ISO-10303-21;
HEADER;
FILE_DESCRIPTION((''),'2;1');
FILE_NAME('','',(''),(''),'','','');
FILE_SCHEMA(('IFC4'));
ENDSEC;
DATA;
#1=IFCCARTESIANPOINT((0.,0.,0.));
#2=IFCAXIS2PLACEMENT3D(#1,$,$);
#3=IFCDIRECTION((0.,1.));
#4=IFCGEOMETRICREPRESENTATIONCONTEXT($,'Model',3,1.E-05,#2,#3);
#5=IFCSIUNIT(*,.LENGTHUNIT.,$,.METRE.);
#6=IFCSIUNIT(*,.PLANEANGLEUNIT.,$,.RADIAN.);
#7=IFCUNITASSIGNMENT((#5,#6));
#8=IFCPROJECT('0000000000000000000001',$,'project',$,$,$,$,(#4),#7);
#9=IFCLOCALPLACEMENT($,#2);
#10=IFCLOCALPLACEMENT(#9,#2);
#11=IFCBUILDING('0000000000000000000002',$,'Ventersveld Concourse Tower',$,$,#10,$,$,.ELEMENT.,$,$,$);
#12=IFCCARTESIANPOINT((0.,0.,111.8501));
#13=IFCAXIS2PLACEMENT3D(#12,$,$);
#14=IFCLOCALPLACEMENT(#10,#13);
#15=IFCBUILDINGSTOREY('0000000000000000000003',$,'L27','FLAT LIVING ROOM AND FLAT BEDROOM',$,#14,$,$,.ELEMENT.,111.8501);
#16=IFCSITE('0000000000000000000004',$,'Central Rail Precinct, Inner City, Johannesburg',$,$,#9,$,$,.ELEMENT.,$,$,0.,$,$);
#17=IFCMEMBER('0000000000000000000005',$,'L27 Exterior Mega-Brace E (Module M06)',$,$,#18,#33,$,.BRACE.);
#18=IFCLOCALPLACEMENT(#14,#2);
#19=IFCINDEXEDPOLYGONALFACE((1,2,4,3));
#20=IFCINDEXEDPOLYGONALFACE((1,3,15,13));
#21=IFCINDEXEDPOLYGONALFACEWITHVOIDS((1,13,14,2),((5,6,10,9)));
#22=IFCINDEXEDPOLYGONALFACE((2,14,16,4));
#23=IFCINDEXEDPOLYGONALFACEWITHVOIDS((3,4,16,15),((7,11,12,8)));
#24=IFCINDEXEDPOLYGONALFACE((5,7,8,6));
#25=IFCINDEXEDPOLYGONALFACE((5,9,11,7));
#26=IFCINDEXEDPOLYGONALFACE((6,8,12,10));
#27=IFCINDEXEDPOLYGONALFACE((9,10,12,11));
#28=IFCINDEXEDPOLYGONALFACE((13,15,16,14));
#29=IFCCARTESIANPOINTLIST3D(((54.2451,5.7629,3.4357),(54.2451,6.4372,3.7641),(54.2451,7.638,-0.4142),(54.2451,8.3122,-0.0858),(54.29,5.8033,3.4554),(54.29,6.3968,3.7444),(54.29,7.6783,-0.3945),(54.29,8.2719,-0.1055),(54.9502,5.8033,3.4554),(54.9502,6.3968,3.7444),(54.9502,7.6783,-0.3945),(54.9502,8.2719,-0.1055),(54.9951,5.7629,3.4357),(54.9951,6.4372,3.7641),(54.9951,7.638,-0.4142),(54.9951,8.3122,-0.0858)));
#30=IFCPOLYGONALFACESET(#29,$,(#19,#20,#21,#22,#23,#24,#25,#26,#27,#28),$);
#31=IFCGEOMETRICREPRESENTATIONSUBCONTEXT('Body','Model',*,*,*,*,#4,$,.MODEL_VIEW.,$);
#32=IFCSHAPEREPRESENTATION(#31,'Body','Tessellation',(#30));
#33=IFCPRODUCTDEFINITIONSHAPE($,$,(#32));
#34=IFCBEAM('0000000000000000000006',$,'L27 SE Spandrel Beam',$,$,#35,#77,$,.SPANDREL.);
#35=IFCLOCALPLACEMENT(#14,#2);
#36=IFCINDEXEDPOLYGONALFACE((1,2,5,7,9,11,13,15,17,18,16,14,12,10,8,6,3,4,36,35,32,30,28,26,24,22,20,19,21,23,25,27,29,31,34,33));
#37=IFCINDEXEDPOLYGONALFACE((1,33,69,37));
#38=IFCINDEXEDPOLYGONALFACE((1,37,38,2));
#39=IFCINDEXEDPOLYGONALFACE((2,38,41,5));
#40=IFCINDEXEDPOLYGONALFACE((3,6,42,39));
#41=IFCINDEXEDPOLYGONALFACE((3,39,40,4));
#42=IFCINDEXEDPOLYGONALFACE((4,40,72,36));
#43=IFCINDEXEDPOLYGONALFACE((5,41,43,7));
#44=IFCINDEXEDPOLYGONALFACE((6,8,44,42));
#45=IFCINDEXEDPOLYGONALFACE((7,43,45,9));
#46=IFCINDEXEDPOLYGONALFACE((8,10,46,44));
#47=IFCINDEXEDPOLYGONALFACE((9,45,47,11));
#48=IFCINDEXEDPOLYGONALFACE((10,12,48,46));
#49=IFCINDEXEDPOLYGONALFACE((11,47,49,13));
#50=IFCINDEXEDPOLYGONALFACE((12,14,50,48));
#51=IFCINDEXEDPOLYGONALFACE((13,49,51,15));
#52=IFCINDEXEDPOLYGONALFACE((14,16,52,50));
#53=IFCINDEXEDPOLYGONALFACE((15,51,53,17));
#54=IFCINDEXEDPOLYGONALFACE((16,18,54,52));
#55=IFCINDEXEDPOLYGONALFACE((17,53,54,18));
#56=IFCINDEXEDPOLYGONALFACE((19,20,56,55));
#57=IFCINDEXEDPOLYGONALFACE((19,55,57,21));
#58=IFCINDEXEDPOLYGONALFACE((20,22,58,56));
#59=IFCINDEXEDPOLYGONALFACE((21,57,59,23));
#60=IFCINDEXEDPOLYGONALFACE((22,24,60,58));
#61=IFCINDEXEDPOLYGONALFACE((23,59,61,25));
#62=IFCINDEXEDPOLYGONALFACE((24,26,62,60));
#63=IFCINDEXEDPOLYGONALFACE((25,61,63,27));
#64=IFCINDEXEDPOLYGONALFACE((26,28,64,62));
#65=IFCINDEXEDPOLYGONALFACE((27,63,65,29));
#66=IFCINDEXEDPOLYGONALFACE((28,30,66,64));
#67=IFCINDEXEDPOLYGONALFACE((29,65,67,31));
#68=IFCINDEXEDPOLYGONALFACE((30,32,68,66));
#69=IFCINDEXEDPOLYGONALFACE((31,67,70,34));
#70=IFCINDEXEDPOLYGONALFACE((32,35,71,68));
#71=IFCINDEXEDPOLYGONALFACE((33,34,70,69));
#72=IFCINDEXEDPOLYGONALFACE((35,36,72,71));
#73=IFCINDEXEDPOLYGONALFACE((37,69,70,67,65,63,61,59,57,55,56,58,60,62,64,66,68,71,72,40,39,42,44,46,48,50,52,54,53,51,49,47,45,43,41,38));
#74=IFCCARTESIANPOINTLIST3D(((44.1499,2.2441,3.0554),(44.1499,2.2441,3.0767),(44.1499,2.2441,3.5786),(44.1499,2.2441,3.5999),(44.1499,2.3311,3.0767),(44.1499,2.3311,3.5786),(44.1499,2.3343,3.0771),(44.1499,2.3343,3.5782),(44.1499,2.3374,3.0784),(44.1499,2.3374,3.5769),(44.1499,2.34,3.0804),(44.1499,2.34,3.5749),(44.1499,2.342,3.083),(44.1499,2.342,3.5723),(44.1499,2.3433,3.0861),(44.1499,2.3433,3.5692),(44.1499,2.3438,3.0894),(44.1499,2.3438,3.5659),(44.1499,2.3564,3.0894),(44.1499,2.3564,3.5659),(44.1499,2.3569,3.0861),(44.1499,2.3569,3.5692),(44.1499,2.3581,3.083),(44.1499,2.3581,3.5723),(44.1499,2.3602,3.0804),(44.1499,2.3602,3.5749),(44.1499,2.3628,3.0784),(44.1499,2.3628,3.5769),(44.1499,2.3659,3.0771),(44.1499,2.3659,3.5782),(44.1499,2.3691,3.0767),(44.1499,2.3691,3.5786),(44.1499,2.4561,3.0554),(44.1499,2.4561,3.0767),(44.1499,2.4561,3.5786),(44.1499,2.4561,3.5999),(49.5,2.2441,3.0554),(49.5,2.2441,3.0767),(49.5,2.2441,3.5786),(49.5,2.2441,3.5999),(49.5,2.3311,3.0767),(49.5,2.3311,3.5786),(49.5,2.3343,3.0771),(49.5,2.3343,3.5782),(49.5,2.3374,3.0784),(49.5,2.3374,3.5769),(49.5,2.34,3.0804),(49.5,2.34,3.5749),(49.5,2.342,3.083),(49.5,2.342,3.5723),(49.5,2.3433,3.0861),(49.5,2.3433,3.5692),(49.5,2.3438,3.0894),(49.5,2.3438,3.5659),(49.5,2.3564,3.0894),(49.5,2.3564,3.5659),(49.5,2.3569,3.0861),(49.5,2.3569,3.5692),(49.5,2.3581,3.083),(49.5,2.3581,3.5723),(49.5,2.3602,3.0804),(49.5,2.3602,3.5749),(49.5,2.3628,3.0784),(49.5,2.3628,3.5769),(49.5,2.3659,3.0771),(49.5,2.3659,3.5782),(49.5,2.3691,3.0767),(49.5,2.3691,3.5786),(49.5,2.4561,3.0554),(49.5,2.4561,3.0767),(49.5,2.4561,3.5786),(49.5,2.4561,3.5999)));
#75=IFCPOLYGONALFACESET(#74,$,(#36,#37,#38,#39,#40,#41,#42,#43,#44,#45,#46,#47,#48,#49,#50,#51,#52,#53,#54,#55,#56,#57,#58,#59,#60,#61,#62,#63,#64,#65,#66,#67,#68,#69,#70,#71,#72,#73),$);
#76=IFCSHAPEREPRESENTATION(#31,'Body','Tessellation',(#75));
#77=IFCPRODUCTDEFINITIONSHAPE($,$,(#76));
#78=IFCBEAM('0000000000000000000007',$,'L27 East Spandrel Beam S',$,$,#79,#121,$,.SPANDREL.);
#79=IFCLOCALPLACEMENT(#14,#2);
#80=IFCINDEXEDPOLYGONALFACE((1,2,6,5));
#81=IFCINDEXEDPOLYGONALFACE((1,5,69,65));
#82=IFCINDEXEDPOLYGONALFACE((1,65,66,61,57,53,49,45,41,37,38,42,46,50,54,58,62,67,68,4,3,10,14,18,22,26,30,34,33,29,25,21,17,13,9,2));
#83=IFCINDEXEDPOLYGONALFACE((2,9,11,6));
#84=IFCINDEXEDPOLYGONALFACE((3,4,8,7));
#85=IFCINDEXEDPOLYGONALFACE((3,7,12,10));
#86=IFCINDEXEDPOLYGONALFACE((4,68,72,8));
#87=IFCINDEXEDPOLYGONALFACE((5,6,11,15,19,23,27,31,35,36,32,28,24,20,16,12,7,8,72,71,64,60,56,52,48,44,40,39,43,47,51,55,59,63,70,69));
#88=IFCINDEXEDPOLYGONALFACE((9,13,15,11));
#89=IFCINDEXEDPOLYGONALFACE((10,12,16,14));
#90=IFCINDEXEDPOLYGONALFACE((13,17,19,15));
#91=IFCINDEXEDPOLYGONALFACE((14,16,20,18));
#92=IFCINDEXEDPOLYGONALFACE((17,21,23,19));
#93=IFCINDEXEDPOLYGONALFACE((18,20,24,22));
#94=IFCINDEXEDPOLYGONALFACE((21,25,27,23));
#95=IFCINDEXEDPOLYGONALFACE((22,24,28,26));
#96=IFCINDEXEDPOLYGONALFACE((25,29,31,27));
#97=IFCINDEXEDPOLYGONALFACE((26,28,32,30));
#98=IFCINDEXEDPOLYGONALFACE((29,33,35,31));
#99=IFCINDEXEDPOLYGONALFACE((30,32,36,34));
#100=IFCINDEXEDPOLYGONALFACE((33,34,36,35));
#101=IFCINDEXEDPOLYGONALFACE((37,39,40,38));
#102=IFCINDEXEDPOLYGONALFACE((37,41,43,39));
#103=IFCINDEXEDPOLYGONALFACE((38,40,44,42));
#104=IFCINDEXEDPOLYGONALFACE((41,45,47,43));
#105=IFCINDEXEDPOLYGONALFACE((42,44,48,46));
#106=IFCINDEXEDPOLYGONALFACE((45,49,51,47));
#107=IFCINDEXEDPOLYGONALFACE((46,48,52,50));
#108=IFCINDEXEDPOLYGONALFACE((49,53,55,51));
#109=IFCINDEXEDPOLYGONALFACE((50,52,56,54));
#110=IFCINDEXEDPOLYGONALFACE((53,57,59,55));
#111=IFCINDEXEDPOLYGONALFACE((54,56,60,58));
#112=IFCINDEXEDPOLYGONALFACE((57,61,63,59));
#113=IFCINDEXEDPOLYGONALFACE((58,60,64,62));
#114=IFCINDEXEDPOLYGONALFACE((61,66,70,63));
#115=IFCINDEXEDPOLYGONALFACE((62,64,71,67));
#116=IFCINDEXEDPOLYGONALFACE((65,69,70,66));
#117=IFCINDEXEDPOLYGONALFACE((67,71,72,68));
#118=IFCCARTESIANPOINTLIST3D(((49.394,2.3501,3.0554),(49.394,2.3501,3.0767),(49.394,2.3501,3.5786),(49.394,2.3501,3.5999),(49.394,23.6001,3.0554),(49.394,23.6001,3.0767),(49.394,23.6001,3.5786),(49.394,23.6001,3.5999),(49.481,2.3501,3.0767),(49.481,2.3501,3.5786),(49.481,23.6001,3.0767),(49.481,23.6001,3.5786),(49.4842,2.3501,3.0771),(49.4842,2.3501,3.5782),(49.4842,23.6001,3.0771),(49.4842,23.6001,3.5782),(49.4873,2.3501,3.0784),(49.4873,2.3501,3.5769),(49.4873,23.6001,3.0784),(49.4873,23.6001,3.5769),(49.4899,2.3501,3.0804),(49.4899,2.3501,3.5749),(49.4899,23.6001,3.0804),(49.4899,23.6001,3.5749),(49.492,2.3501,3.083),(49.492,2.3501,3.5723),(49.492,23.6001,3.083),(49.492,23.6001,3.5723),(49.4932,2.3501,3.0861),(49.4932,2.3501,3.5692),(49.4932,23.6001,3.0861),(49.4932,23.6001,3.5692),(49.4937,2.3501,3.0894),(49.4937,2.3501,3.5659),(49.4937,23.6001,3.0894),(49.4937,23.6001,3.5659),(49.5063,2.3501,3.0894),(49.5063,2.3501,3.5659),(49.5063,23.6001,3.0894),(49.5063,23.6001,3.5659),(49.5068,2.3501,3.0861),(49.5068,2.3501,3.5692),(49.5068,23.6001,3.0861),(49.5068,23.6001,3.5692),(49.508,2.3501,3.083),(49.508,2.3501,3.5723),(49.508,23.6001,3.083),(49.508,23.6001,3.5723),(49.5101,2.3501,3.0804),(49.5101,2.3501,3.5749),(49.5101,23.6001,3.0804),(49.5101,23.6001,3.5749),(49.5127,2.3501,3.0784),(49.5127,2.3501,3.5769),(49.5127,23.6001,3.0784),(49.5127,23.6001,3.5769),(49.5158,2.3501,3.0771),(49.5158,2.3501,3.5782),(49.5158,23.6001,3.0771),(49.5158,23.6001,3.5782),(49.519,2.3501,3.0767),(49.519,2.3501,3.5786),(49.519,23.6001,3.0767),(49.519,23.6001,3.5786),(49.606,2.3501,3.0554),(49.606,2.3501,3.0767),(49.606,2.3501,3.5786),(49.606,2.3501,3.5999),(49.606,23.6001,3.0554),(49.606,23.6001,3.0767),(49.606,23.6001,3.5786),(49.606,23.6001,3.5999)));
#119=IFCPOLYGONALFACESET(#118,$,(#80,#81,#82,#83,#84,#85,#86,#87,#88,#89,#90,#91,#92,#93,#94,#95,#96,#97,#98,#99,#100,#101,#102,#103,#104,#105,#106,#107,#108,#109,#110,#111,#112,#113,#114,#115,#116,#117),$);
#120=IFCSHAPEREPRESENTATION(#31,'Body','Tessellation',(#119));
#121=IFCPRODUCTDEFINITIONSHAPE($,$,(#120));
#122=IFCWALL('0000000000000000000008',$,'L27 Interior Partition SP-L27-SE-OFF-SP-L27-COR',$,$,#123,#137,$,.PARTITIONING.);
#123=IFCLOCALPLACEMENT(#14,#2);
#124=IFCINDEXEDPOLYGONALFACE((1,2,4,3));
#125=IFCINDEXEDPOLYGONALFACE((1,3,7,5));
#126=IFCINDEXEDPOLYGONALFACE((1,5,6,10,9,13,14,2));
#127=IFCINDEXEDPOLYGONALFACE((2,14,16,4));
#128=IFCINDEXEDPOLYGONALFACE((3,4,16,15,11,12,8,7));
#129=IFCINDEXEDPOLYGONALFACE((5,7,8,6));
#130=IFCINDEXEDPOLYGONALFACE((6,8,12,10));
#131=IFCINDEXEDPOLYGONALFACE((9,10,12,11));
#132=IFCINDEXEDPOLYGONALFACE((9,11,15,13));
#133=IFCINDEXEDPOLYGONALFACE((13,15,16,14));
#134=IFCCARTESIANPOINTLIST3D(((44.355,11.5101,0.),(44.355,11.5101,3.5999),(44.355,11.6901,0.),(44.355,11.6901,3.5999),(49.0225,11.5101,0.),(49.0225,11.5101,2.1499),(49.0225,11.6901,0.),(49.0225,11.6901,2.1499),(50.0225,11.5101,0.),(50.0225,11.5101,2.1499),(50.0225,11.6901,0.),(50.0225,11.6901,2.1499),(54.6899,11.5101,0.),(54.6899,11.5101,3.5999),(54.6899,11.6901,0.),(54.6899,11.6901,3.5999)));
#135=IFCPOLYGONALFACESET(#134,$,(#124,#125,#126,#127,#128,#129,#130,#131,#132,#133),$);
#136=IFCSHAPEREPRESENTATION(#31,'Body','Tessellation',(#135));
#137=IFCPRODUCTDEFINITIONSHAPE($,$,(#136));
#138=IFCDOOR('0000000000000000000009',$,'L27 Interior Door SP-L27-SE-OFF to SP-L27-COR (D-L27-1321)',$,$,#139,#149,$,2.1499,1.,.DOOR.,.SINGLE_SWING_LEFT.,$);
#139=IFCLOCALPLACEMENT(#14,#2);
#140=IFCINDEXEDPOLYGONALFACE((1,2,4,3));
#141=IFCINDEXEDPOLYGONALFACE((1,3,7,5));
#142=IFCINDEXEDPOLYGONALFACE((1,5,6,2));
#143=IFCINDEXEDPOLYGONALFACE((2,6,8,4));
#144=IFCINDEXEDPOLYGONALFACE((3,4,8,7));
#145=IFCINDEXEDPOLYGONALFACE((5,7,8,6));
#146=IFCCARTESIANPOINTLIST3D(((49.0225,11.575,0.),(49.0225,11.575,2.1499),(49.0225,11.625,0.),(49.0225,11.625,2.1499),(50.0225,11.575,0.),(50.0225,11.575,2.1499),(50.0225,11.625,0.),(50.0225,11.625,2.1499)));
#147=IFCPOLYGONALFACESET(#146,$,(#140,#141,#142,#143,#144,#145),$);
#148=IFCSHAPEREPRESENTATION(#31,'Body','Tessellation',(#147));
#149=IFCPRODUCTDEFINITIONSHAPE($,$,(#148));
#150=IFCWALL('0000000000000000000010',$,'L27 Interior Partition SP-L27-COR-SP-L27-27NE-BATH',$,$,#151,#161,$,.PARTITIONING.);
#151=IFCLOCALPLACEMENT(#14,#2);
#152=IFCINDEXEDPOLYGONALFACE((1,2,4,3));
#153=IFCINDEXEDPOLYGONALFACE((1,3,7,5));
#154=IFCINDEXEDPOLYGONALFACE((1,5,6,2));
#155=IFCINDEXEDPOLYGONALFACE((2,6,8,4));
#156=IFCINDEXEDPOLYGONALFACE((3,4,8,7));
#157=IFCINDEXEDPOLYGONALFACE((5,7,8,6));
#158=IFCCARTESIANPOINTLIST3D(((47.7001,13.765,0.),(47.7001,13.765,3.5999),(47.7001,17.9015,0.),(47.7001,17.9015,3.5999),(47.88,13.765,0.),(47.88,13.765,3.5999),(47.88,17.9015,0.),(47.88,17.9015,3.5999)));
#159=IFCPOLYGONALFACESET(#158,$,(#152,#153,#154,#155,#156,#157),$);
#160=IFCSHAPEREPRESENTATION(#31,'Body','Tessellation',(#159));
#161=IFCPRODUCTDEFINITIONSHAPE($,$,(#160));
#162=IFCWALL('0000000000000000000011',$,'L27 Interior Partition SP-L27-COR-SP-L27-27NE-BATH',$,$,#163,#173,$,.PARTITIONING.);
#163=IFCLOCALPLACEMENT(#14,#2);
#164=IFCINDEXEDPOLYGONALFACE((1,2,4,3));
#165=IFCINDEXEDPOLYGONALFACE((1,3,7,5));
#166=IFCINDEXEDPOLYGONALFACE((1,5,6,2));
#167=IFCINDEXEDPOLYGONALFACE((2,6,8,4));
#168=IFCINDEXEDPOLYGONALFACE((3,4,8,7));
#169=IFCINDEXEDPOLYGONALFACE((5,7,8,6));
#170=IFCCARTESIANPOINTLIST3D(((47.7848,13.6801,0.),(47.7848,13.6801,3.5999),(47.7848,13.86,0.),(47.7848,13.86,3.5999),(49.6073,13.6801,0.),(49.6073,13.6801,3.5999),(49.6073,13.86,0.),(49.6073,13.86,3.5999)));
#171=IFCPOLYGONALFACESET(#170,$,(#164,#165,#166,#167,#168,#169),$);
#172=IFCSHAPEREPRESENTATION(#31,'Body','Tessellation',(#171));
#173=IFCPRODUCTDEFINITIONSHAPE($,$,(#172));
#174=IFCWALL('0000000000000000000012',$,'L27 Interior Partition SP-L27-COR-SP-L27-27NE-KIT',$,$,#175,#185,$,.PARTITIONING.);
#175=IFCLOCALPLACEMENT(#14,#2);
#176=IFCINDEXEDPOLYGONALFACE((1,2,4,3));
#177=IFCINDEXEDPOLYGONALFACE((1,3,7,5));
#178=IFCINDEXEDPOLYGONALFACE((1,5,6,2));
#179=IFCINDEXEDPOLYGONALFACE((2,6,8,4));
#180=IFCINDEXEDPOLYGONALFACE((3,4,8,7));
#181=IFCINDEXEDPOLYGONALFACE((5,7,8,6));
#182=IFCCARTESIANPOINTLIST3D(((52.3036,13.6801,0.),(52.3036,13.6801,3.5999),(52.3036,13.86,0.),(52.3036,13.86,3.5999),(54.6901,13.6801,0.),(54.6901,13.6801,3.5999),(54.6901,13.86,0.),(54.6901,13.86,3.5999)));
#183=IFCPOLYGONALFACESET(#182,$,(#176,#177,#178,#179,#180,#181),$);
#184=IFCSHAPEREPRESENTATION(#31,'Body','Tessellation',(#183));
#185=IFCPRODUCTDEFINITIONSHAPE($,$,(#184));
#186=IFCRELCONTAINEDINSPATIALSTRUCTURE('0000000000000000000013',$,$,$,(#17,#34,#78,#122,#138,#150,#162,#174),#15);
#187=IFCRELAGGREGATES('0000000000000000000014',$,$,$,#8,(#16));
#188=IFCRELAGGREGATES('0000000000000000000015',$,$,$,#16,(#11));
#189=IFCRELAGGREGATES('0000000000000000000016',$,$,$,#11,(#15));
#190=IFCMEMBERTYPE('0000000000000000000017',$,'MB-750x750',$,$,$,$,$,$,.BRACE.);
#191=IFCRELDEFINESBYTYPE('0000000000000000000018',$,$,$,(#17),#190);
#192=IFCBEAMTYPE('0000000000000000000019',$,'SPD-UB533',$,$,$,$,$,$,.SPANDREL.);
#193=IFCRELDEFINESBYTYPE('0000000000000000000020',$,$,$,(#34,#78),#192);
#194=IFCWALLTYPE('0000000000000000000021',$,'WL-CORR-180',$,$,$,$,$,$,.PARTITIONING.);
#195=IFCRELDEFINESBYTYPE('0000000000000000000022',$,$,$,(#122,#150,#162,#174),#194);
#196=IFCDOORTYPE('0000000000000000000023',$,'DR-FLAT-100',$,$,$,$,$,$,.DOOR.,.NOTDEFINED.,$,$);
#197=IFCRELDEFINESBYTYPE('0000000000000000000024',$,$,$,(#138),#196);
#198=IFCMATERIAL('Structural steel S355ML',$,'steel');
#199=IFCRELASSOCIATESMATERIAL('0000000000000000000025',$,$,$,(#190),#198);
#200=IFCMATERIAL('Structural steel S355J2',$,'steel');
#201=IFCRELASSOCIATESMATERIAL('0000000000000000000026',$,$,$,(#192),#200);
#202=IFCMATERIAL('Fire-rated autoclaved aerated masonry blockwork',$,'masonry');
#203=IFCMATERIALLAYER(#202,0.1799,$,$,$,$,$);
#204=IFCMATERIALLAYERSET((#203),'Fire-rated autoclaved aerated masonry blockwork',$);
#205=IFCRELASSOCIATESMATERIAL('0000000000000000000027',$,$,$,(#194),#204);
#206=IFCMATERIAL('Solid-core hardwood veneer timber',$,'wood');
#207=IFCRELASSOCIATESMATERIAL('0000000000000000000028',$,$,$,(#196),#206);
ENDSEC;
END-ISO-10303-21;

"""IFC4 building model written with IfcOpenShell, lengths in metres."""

from ifc_helpers import new_model, si_unit, direction, frame, frame_2d, origin, origin_2d, place, context, subcontext, project, spatial, rectangle, hollow_rectangle, i_section, extrude, material, layer, layer_set, material_profile, profile_set, type_object, element, fill, save


model = new_model("IFC4")

# Units and contexts
model_context = context("Model", 3, precision=1e-05, world=origin(), true_north=direction((0.0, 1.0)))
body_context = subcontext(model_context, "Body", "Model", "MODEL_VIEW")
ifc_project = project(units=[si_unit("LENGTHUNIT", "METRE"), si_unit("PLANEANGLEUNIT", "RADIAN")], contexts=[model_context])

# Site, building, storey
site_placement = place(None, origin())
site = spatial("IfcSite", under=ifc_project, at=site_placement, Name="Central Rail Precinct, Inner City, Johannesburg", CompositionType="ELEMENT", RefElevation=0.0)
building_placement = place(site_placement, origin())
building = spatial("IfcBuilding", under=site, at=building_placement, Name="Ventersveld Concourse Tower", CompositionType="ELEMENT")
storey_placement = place(building_placement, frame((0.0, 0.0, 111.8501)))
storey = spatial("IfcBuildingStorey", under=building, at=storey_placement, Name="L27", Description="FLAT LIVING ROOM AND FLAT BEDROOM", CompositionType="ELEMENT", Elevation=111.8501)

# Shared definitions
ifc_material_1 = material(Name="Structural steel S355J2", Category="steel")

# Member
ifc_material_2 = material(Name="Structural steel S355ML", Category="steel")
ifc_material_profile_1 = material_profile(ifc_material_2, hollow_rectangle(XDim=0.75, YDim=0.75, WallThickness=0.0449, at=origin_2d()), Name="BOX 750x750x45")
ifc_profile_set_1 = profile_set([ifc_material_profile_1], Name="Structural steel S355ML")
member_type = type_object("IfcMemberType", Name="MB-750x750", PredefinedType="BRACE", material=ifc_profile_set_1)
member_placement = place(storey_placement, frame((54.6201, 7.9751, -0.25), z_axis=(0.0, -0.437862, 0.899042), x_axis=(1.0, 0.0, 0.0)))
element("IfcMember", 1, at=member_placement, inside=storey, type_object=member_type, Name="L27 Exterior Mega-Brace E (Module M06)", PredefinedType="BRACE", context=body_context, shape_type="SweptSolid", body=[
    extrude(hollow_rectangle(XDim=0.75, YDim=0.75, WallThickness=0.0449, at=origin_2d()), origin(), (0.0, 0.0, 1.0), 4.2822),
])

# Beams
ifc_material_profile_2 = material_profile(ifc_material_1, i_section(OverallWidth=0.2119, OverallDepth=0.5444, WebThickness=0.0127, FlangeThickness=0.0212, FilletRadius=0.0127, at=origin_2d()), Name="UB 533x210x122")
ifc_profile_set_2 = profile_set([ifc_material_profile_2], Name="Structural steel S355J2")
beam_type_1 = type_object("IfcBeamType", Name="SPD-UB533", PredefinedType="SPANDREL", material=ifc_profile_set_2)
beam_1_placement = place(storey_placement, frame((44.1499, 2.3501, 3.3276), z_axis=(1.0, 0.0, 0.0), x_axis=(0.0, 1.0, 0.0)))
element("IfcBeam", 2, at=beam_1_placement, inside=storey, type_object=beam_type_1, Name="L27 SE Spandrel Beam", PredefinedType="SPANDREL", context=body_context, shape_type="SweptSolid", body=[
    extrude(i_section(OverallWidth=0.2119, OverallDepth=0.5444, WebThickness=0.0127, FlangeThickness=0.0212, FilletRadius=0.0127, at=origin_2d()), origin(), (0.0, 0.0, 1.0), 5.3501),
])
beam_2_placement = place(storey_placement, frame((49.5, 2.3501, 3.3276), z_axis=(0.0, 1.0, 0.0), x_axis=(-1.0, 0.0, 0.0)))
element("IfcBeam", 3, at=beam_2_placement, inside=storey, type_object=beam_type_1, Name="L27 East Spandrel Beam S", PredefinedType="SPANDREL", context=body_context, shape_type="SweptSolid", body=[
    extrude(i_section(OverallWidth=0.2119, OverallDepth=0.5444, WebThickness=0.0127, FlangeThickness=0.0212, FilletRadius=0.0127, at=origin_2d()), origin(), (0.0, 0.0, 1.0), 21.25),
])

# Wall, opening, door
ifc_material_3 = material(Name="Fire-rated autoclaved aerated masonry blockwork", Category="masonry")
ifc_layer_1 = layer(ifc_material_3, 0.1799)
ifc_layer_set_1 = layer_set([ifc_layer_1], Name="Fire-rated autoclaved aerated masonry blockwork")
wall_type_1 = type_object("IfcWallType", Name="WL-CORR-180", PredefinedType="PARTITIONING", material=ifc_layer_set_1)
wall_1_placement = place(storey_placement, frame((44.355, 11.6001, 0.0), z_axis=(0.0, 0.0, 1.0), x_axis=(1.0, 0.0, 0.0)))
wall_1 = element("IfcWall", 4, at=wall_1_placement, inside=storey, type_object=wall_type_1, Name="L27 Interior Partition SP-L27-SE-OFF-SP-L27-COR", PredefinedType="PARTITIONING", context=body_context, shape_type="SweptSolid", body=[
    extrude(rectangle(XDim=10.335, YDim=0.1799, at=frame_2d((5.1675, 0.0))), origin(), (0.0, 0.0, 1.0), 3.5999),
])
opening_1_placement = place(wall_1_placement, frame((4.6675, 0.0, 0.0)))
opening_1 = element("IfcOpeningElement", 5, at=opening_1_placement, cuts=wall_1, PredefinedType="OPENING", context=body_context, shape_type="SweptSolid", body=[
    extrude(rectangle(XDim=1.0, YDim=2.1499, at=frame_2d((0.5, 1.075))), frame((0.0, 0.1001, 0.0), z_axis=(0.0, -1.0, 0.0), x_axis=(1.0, 0.0, 0.0)), (0.0, 0.0, 1.0), 0.2),
])
ifc_material_4 = material(Name="Solid-core hardwood veneer timber", Category="wood")
door_type_1 = type_object("IfcDoorType", Name="DR-FLAT-100", OperationType="NOTDEFINED", PredefinedType="DOOR", material=ifc_material_4)
door_1_placement = place(opening_1_placement, origin())
door_1 = element("IfcDoor", 6, at=door_1_placement, inside=storey, type_object=door_type_1, Name="L27 Interior Door SP-L27-SE-OFF to SP-L27-COR (D-L27-1321)", OperationType="SINGLE_SWING_LEFT", OverallHeight=2.1499, OverallWidth=1.0, PredefinedType="DOOR", context=body_context, shape_type="SweptSolid", body=[
    extrude(rectangle(XDim=1.0, YDim=2.1499, at=frame_2d((0.5, 1.075))), frame((0.0, 0.0249, 0.0), z_axis=(0.0, -1.0, 0.0), x_axis=(1.0, 0.0, 0.0)), (0.0, 0.0, 1.0), 0.05),
])
fill(opening_1, door_1)

# Walls
wall_2_placement = place(storey_placement, frame((47.79, 13.7649, 0.0), z_axis=(0.0, 0.0, 1.0), x_axis=(0.0, 1.0, 0.0)))
element("IfcWall", 7, at=wall_2_placement, inside=storey, type_object=wall_type_1, Name="L27 Interior Partition SP-L27-COR-SP-L27-27NE-BATH", PredefinedType="PARTITIONING", context=body_context, shape_type="SweptSolid", body=[
    extrude(rectangle(XDim=4.1365, YDim=0.1799, at=frame_2d((2.0684, 0.0))), origin(), (0.0, 0.0, 1.0), 3.5999),
])
wall_3_placement = place(storey_placement, frame((47.7849, 13.77, 0.0), z_axis=(0.0, 0.0, 1.0), x_axis=(1.0, 0.0, 0.0)))
element("IfcWall", 8, at=wall_3_placement, inside=storey, type_object=wall_type_1, Name="L27 Interior Partition SP-L27-COR-SP-L27-27NE-BATH", PredefinedType="PARTITIONING", context=body_context, shape_type="SweptSolid", body=[
    extrude(rectangle(XDim=1.8225, YDim=0.1799, at=frame_2d((0.9111, 0.0))), origin(), (0.0, 0.0, 1.0), 3.5999),
])
wall_4_placement = place(storey_placement, frame((52.3035, 13.77, 0.0), z_axis=(0.0, 0.0, 1.0), x_axis=(1.0, 0.0, 0.0)))
element("IfcWall", 9, at=wall_4_placement, inside=storey, type_object=wall_type_1, Name="L27 Interior Partition SP-L27-COR-SP-L27-27NE-KIT", PredefinedType="PARTITIONING", context=body_context, shape_type="SweptSolid", body=[
    extrude(rectangle(XDim=2.3865, YDim=0.1799, at=frame_2d((1.1934, 0.0))), origin(), (0.0, 0.0, 1.0), 3.5999),
])

save(model, "model.ifc")
